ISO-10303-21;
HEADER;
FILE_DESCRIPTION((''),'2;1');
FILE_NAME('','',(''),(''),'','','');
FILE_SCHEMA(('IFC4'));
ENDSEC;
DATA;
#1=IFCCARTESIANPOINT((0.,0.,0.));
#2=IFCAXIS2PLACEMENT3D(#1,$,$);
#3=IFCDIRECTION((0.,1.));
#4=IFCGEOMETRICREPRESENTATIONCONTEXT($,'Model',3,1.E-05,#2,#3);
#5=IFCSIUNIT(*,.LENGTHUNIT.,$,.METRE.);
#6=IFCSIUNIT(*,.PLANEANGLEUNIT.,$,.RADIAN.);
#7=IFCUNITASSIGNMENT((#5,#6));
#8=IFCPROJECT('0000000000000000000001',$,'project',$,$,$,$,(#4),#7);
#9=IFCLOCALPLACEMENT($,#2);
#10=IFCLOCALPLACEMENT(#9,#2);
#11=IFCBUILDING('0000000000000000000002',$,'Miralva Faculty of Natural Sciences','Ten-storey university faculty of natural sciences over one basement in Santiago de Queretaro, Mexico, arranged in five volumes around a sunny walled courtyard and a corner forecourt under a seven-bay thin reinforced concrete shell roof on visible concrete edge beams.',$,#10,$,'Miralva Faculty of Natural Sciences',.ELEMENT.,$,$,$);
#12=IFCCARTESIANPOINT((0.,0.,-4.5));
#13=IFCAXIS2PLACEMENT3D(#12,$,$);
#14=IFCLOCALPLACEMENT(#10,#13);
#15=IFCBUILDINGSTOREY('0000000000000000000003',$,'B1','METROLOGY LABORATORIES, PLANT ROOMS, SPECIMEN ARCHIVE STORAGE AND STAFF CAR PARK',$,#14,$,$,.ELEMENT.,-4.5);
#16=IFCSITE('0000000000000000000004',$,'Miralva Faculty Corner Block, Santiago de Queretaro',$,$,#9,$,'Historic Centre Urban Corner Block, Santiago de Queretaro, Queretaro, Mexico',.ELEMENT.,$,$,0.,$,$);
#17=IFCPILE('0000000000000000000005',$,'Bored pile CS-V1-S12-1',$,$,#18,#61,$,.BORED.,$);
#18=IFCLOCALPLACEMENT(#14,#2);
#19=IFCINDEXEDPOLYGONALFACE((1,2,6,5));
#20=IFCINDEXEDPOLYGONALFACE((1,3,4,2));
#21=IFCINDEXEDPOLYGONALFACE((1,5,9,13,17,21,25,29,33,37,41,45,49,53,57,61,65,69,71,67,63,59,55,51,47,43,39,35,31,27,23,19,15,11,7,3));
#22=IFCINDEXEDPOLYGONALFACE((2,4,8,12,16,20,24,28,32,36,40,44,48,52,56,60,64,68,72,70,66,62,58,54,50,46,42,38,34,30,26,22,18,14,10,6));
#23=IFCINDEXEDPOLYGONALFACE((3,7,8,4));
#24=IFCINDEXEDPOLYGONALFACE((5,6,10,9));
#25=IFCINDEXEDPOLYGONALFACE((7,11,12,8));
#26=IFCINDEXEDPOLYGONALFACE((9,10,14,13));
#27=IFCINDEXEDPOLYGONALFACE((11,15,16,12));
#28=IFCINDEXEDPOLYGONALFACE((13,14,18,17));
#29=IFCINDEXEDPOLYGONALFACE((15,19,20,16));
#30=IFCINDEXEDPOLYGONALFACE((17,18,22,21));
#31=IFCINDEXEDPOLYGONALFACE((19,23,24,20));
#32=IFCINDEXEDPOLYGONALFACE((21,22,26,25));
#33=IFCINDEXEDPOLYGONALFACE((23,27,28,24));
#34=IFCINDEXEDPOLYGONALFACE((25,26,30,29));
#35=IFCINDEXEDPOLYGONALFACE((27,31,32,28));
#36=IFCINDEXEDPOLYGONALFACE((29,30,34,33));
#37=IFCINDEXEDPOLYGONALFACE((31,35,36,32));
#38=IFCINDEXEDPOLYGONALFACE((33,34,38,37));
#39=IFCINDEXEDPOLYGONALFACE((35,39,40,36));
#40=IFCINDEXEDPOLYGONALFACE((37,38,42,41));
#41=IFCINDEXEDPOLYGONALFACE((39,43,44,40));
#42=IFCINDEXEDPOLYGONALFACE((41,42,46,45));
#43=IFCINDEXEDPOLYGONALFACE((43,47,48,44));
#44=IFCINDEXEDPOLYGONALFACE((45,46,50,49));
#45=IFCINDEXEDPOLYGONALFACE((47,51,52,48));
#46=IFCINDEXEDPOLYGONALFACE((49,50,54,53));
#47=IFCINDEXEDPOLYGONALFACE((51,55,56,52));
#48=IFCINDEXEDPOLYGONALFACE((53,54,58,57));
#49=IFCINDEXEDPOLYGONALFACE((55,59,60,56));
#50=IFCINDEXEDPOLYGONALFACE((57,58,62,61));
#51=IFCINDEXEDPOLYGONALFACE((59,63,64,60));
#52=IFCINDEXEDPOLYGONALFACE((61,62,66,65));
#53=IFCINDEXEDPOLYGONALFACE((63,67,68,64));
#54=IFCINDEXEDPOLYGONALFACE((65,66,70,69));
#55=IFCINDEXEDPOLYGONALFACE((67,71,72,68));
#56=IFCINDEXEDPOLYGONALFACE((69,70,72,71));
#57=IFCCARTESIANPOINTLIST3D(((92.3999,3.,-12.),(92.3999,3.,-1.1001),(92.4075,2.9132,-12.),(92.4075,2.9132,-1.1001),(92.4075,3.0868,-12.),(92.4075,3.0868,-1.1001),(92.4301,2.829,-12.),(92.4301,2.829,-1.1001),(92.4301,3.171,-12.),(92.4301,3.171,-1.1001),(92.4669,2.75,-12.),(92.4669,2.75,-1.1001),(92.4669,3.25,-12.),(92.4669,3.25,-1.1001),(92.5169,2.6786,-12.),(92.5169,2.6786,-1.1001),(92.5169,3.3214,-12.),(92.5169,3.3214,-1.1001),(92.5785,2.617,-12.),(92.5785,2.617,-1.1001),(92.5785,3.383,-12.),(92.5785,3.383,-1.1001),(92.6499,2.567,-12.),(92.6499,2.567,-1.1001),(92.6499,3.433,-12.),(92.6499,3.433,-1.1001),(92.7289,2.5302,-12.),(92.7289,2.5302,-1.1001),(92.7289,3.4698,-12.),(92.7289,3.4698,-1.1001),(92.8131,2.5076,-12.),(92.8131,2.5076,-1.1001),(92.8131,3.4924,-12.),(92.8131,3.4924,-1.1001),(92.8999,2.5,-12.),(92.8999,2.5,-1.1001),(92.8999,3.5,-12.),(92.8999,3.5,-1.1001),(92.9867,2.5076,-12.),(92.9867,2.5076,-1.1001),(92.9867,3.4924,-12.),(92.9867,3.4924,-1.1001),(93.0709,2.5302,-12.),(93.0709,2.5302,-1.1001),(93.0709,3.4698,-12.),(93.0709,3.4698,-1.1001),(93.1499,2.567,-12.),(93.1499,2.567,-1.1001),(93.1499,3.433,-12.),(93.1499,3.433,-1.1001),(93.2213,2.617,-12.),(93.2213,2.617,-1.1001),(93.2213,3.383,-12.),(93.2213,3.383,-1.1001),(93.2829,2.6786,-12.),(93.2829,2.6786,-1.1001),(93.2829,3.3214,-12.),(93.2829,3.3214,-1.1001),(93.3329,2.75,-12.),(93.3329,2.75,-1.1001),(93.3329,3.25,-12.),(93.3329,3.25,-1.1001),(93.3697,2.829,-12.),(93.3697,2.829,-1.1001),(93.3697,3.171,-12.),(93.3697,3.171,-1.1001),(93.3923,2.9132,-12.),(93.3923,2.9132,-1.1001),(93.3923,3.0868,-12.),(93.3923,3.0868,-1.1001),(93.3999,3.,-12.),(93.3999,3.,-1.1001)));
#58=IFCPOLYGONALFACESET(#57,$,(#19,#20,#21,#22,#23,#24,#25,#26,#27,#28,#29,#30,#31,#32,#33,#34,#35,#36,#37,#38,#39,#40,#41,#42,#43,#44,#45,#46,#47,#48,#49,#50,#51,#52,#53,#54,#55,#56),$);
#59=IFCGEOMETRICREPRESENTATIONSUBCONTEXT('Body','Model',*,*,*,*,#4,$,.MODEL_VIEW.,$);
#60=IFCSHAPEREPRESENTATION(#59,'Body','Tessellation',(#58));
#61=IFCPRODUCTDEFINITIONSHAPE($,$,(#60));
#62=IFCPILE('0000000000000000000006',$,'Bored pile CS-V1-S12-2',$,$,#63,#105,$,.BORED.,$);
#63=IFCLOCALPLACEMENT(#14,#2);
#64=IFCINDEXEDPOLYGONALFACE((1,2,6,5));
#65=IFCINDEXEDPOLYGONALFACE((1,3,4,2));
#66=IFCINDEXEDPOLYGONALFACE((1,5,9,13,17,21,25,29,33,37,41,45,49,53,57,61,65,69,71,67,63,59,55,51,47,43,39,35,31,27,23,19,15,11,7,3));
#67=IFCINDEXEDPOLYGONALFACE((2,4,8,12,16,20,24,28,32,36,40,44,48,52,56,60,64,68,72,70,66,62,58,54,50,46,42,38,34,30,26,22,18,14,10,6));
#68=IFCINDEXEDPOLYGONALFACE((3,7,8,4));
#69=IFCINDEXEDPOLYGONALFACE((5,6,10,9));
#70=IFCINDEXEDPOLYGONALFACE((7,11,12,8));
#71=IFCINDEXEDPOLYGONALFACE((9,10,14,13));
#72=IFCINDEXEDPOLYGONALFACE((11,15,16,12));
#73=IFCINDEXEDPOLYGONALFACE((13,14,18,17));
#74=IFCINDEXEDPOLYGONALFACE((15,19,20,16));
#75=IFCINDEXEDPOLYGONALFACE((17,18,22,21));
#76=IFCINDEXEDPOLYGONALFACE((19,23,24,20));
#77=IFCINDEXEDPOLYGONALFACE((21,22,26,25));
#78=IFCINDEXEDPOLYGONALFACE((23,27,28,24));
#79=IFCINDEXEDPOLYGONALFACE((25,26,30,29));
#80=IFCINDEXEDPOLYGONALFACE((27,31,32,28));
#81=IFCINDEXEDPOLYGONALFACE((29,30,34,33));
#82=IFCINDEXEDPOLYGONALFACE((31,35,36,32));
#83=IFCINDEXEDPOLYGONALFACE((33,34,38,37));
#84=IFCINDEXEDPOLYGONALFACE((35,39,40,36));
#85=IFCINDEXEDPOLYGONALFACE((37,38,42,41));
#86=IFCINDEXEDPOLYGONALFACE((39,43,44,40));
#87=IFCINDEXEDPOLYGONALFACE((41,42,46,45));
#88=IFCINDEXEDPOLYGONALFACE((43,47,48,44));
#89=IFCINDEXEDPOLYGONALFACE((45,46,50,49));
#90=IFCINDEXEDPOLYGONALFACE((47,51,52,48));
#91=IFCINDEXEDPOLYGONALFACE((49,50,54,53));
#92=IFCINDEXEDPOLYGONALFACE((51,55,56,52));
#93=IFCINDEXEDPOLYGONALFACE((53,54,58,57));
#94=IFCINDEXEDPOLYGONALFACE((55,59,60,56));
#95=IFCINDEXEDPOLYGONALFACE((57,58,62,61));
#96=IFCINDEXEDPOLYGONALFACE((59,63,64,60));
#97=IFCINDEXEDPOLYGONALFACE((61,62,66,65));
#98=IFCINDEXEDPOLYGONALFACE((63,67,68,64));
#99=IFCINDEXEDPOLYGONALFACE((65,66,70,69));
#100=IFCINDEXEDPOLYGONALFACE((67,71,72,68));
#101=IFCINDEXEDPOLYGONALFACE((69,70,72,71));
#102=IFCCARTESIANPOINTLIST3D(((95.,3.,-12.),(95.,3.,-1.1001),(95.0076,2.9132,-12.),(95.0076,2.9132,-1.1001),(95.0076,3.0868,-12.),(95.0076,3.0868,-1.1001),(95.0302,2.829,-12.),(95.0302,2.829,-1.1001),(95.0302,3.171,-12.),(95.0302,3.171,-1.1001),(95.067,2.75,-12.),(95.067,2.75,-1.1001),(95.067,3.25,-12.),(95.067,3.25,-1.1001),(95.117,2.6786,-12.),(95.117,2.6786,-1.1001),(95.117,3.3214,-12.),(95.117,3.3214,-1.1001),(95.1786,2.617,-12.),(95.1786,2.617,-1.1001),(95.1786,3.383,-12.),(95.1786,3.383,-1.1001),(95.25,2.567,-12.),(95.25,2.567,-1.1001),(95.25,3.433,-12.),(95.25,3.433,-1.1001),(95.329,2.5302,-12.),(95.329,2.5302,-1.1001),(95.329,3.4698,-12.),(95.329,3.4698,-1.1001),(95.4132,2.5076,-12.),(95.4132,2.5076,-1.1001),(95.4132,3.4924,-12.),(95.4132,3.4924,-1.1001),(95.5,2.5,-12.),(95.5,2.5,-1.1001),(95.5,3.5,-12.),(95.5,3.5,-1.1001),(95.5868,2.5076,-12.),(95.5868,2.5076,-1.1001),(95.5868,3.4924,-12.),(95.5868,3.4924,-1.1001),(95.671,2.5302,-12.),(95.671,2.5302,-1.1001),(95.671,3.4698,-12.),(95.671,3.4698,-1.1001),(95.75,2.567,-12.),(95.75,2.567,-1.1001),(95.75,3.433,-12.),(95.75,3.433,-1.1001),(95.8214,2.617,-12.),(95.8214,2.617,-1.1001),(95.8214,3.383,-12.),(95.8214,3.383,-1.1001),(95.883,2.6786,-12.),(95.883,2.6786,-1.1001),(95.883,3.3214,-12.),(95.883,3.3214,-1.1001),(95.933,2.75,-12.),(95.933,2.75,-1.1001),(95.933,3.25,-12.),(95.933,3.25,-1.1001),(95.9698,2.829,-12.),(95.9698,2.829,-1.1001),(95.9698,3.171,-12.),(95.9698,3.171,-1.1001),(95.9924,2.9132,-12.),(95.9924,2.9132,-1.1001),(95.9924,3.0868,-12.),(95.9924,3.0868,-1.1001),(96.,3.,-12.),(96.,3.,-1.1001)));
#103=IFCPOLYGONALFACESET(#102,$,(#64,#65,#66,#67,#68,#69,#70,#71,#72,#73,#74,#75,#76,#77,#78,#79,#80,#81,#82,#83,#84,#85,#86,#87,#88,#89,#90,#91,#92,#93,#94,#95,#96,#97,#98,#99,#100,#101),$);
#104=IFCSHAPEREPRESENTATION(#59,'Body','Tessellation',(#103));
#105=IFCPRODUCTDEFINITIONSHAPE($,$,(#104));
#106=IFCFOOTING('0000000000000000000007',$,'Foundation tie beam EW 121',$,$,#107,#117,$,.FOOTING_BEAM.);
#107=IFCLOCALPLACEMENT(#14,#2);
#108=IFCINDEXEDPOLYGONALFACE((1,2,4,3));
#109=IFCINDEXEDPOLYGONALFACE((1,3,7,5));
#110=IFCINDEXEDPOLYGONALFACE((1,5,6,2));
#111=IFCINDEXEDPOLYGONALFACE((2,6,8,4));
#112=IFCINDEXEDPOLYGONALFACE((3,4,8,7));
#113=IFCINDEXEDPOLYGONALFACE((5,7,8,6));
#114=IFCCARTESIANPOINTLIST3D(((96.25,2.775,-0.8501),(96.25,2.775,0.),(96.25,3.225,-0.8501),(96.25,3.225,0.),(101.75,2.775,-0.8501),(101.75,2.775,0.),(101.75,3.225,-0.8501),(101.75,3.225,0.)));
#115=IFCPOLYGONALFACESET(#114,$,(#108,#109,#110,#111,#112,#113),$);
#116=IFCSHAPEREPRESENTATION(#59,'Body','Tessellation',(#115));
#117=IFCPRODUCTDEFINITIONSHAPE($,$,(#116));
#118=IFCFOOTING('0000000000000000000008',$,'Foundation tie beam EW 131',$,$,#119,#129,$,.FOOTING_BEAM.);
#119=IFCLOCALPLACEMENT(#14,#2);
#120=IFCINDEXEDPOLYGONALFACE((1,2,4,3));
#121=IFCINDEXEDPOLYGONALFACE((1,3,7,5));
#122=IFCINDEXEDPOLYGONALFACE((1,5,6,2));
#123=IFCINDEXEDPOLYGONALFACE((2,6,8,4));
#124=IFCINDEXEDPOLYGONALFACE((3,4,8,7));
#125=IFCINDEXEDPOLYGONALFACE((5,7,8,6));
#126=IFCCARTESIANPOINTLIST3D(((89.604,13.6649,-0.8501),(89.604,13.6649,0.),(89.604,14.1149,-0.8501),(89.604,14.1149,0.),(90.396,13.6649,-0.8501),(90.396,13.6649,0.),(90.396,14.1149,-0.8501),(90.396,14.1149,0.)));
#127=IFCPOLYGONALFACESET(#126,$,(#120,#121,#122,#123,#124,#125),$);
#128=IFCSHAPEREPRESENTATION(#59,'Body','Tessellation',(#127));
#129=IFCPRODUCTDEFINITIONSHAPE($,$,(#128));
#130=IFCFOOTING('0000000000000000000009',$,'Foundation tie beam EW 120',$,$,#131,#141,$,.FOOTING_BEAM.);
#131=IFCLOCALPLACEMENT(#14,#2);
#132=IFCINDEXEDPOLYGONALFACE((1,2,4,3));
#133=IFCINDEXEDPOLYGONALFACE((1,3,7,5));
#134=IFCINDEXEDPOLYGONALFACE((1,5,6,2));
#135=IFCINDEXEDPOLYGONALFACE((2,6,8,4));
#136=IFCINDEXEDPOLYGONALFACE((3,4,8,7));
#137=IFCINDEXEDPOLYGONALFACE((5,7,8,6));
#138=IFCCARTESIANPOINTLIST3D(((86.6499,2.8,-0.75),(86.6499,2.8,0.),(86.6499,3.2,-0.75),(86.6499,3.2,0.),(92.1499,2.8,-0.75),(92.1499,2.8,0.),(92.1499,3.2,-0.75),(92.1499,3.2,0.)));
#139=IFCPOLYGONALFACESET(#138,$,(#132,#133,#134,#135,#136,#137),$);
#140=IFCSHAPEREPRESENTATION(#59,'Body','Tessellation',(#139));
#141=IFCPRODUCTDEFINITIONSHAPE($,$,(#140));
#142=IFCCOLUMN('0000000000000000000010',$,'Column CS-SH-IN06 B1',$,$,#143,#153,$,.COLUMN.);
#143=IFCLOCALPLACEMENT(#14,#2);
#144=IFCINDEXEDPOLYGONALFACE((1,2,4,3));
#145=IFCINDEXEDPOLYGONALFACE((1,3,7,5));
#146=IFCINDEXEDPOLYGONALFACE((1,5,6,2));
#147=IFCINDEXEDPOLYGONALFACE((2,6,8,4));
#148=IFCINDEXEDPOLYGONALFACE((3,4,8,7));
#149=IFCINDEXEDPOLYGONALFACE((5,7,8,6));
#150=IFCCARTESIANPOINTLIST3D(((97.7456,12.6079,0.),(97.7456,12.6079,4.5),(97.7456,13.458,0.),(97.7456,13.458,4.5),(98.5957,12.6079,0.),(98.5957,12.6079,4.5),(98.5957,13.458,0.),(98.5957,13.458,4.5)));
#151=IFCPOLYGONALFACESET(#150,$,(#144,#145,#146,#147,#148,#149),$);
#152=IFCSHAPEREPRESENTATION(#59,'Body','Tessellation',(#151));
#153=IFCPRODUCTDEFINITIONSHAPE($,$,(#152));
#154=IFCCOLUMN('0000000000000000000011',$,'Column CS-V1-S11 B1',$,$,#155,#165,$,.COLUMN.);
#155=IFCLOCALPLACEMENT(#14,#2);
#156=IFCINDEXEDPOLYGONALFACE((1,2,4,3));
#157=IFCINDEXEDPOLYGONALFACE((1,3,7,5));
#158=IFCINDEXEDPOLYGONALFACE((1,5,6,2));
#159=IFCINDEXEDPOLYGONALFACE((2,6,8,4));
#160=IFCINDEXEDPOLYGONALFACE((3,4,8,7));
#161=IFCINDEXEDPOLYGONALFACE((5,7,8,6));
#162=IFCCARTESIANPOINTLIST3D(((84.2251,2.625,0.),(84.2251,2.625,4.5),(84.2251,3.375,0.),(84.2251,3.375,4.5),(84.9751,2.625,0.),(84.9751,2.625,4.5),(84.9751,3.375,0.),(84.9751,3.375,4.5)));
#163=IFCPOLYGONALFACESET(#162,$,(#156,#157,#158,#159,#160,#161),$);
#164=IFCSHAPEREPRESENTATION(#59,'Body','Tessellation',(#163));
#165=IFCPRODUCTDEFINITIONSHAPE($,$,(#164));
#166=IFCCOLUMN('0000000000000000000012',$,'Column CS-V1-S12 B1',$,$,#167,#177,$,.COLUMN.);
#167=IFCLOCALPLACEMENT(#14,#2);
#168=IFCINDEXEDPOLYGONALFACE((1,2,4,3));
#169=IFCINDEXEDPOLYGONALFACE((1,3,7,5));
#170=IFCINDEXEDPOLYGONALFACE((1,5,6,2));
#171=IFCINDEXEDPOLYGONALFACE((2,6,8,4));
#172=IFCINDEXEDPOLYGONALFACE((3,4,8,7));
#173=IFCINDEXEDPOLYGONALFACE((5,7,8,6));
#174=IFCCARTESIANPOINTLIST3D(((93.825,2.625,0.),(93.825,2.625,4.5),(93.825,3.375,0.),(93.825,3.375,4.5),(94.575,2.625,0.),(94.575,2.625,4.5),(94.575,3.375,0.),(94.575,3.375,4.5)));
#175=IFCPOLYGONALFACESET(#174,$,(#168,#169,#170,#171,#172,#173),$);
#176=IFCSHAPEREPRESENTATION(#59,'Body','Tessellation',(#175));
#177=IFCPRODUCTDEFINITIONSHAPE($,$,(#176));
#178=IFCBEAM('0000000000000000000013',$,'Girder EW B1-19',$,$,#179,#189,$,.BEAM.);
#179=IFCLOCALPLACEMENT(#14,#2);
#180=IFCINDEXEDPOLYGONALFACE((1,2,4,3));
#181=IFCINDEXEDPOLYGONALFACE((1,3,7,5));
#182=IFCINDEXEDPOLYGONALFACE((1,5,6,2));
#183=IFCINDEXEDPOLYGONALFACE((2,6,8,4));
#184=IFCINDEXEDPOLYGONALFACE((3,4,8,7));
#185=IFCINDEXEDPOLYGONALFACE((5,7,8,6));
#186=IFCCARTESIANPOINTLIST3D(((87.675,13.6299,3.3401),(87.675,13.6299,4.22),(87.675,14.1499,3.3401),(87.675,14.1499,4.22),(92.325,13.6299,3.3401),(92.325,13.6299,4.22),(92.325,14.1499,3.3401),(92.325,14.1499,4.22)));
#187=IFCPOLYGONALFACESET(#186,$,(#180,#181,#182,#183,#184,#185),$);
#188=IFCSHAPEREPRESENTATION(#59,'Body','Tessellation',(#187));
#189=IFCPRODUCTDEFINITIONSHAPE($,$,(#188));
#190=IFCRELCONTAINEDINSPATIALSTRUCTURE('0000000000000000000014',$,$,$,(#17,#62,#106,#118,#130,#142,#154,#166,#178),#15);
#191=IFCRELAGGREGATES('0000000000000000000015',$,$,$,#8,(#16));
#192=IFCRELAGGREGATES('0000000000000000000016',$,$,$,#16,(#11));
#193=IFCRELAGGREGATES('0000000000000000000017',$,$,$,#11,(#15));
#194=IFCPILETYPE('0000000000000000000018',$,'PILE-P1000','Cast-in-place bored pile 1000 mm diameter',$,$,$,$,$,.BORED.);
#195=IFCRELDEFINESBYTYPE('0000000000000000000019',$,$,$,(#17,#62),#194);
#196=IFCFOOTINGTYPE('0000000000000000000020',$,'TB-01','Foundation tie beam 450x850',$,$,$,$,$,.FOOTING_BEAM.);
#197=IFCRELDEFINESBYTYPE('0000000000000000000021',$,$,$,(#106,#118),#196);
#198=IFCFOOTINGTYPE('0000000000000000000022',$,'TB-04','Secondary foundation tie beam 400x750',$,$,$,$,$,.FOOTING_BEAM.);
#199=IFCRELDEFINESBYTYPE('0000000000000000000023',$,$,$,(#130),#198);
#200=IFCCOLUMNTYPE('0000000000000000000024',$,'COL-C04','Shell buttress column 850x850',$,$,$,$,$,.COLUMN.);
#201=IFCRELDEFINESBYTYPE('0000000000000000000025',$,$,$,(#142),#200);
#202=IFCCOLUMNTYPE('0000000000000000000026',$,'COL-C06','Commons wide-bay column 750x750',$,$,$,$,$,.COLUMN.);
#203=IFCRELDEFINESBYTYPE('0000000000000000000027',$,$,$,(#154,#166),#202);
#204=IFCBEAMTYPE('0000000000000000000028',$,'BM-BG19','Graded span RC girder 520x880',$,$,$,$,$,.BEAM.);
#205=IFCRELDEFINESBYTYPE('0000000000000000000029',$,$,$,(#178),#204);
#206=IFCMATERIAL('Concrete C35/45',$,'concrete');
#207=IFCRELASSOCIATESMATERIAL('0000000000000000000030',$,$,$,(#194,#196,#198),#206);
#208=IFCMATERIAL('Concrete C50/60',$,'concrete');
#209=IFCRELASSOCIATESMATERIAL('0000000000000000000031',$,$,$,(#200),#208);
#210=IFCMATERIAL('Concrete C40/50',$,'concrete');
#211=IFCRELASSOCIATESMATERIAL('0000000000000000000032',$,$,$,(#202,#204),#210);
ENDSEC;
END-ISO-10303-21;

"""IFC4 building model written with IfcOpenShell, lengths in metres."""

from ifc_helpers import new_model, si_unit, direction, frame, origin, origin_2d, place, context, subcontext, project, spatial, rectangle, circle, extrude, material, material_profile, profile_set, type_object, element, save


model = new_model("IFC4")

# Units and contexts
model_context = context("Model", 3, precision=1e-05, world=origin(), true_north=direction((0.0, 1.0)))
body_context = subcontext(model_context, "Body", "Model", "MODEL_VIEW")
ifc_project = project(units=[si_unit("LENGTHUNIT", "METRE"), si_unit("PLANEANGLEUNIT", "RADIAN")], contexts=[model_context])

# Site, building, storey
site_placement = place(None, origin())
site = spatial("IfcSite", under=ifc_project, at=site_placement, Name="Miralva Faculty Corner Block, Santiago de Queretaro", LongName="Historic Centre Urban Corner Block, Santiago de Queretaro, Queretaro, Mexico", CompositionType="ELEMENT", RefElevation=0.0)
building_placement = place(site_placement, origin())
building = spatial("IfcBuilding", under=site, at=building_placement, Name="Miralva Faculty of Natural Sciences", Description="Ten-storey university faculty of natural sciences over one basement in Santiago de Queretaro, Mexico, arranged in five volumes around a sunny walled courtyard and a corner forecourt under a seven-bay thin reinforced concrete shell roof on visible concrete edge beams.", LongName="Miralva Faculty of Natural Sciences", CompositionType="ELEMENT")
storey_placement = place(building_placement, frame((0.0, 0.0, -4.5)))
storey = spatial("IfcBuildingStorey", under=building, at=storey_placement, Name="B1", Description="METROLOGY LABORATORIES, PLANT ROOMS, SPECIMEN ARCHIVE STORAGE AND STAFF CAR PARK", CompositionType="ELEMENT", Elevation=-4.5)

# Shared definitions
ifc_material_1 = material(Name="Concrete C35/45", Category="concrete")
ifc_material_2 = material(Name="Concrete C40/50", Category="concrete")

# Piles
ifc_material_profile_1 = material_profile(ifc_material_1, circle(Radius=0.5, at=origin_2d()), Name="BORED PILE 1000")
ifc_profile_set_1 = profile_set([ifc_material_profile_1], Name="Concrete C35/45")
pile_type = type_object("IfcPileType", Name="PILE-P1000", Description="Cast-in-place bored pile 1000 mm diameter", PredefinedType="BORED", material=ifc_profile_set_1)
for number, where, z_axis, x_axis, name in (
    (1, (92.8999, 3.0, -1.1001), (0.0, 0.0, -1.0), (1.0, 0.0, 0.0), "Bored pile CS-V1-S12-1"),
    (2, (95.5, 3.0, -1.1001), (0.0, 0.0, -1.0), (1.0, 0.0, 0.0), "Bored pile CS-V1-S12-2"),
):
    element("IfcPile", number, at=place(storey_placement, frame(where, z_axis=z_axis, x_axis=x_axis)), inside=storey, type_object=pile_type, Name=name, PredefinedType="BORED", context=body_context, shape_type="SweptSolid", body=[
        extrude(circle(Radius=0.5, at=origin_2d()), origin(), (0.0, 0.0, 1.0), 10.8999),
    ])

# Footings
ifc_material_profile_2 = material_profile(ifc_material_1, rectangle(XDim=0.45, YDim=0.8501, at=origin_2d()), Name="RC 450x850")
ifc_profile_set_2 = profile_set([ifc_material_profile_2], Name="Concrete C35/45")
footing_type_1 = type_object("IfcFootingType", Name="TB-01", Description="Foundation tie beam 450x850", PredefinedType="FOOTING_BEAM", material=ifc_profile_set_2)
footing_1_placement = place(storey_placement, frame((96.25, 3.0, -0.425), z_axis=(1.0, 0.0, 0.0), x_axis=(0.0, 1.0, 0.0)))
element("IfcFooting", 3, at=footing_1_placement, inside=storey, type_object=footing_type_1, Name="Foundation tie beam EW 121", PredefinedType="FOOTING_BEAM", context=body_context, shape_type="SweptSolid", body=[
    extrude(rectangle(XDim=0.45, YDim=0.8501, at=origin_2d()), origin(), (0.0, 0.0, 1.0), 5.5),
])
footing_2_placement = place(storey_placement, frame((89.604, 13.8899, -0.425), z_axis=(1.0, 0.0, 0.0), x_axis=(0.0, 1.0, 0.0)))
element("IfcFooting", 4, at=footing_2_placement, inside=storey, type_object=footing_type_1, Name="Foundation tie beam EW 131", PredefinedType="FOOTING_BEAM", context=body_context, shape_type="SweptSolid", body=[
    extrude(rectangle(XDim=0.45, YDim=0.8501, at=origin_2d()), origin(), (0.0, 0.0, 1.0), 0.792),
])
ifc_material_profile_3 = material_profile(ifc_material_1, rectangle(XDim=0.3999, YDim=0.75, at=origin_2d()), Name="RC 400x750")
ifc_profile_set_3 = profile_set([ifc_material_profile_3], Name="Concrete C35/45")
footing_type_2 = type_object("IfcFootingType", Name="TB-04", Description="Secondary foundation tie beam 400x750", PredefinedType="FOOTING_BEAM", material=ifc_profile_set_3)
footing_3_placement = place(storey_placement, frame((86.6499, 3.0, -0.375), z_axis=(1.0, 0.0, 0.0), x_axis=(0.0, 1.0, 0.0)))
element("IfcFooting", 5, at=footing_3_placement, inside=storey, type_object=footing_type_2, Name="Foundation tie beam EW 120", PredefinedType="FOOTING_BEAM", context=body_context, shape_type="SweptSolid", body=[
    extrude(rectangle(XDim=0.3999, YDim=0.75, at=origin_2d()), origin(), (0.0, 0.0, 1.0), 5.5),
])

# Columns
ifc_material_3 = material(Name="Concrete C50/60", Category="concrete")
ifc_material_profile_4 = material_profile(ifc_material_3, rectangle(XDim=0.8501, YDim=0.8501, at=origin_2d()), Name="RC 850x850")
ifc_profile_set_4 = profile_set([ifc_material_profile_4], Name="Concrete C50/60")
column_type_1 = type_object("IfcColumnType", Name="COL-C04", Description="Shell buttress column 850x850", PredefinedType="COLUMN", material=ifc_profile_set_4)
column_placement = place(storey_placement, frame((98.1707, 13.033, 0.0), z_axis=(0.0, 0.0, 1.0), x_axis=(1.0, 0.0, 0.0)))
element("IfcColumn", 6, at=column_placement, inside=storey, type_object=column_type_1, Name="Column CS-SH-IN06 B1", PredefinedType="COLUMN", context=body_context, shape_type="SweptSolid", body=[
    extrude(rectangle(XDim=0.8501, YDim=0.8501, at=origin_2d()), origin(), (0.0, 0.0, 1.0), 4.5),
])
ifc_material_profile_5 = material_profile(ifc_material_2, rectangle(XDim=0.75, YDim=0.75, at=origin_2d()), Name="RC 750x750")
ifc_profile_set_5 = profile_set([ifc_material_profile_5], Name="Concrete C40/50")
column_type_2 = type_object("IfcColumnType", Name="COL-C06", Description="Commons wide-bay column 750x750", PredefinedType="COLUMN", material=ifc_profile_set_5)
for number, where, z_axis, x_axis, name in (
    (7, (84.6001, 3.0, 0.0), (0.0, 0.0, 1.0), (1.0, 0.0, 0.0), "Column CS-V1-S11 B1"),
    (8, (94.2, 3.0, 0.0), (0.0, 0.0, 1.0), (1.0, 0.0, 0.0), "Column CS-V1-S12 B1"),
):
    element("IfcColumn", number, at=place(storey_placement, frame(where, z_axis=z_axis, x_axis=x_axis)), inside=storey, type_object=column_type_2, Name=name, PredefinedType="COLUMN", context=body_context, shape_type="SweptSolid", body=[
        extrude(rectangle(XDim=0.75, YDim=0.75, at=origin_2d()), origin(), (0.0, 0.0, 1.0), 4.5),
    ])

# Beam
ifc_material_profile_6 = material_profile(ifc_material_2, rectangle(XDim=0.52, YDim=0.8799, at=origin_2d()), Name="RC 520x880")
ifc_profile_set_6 = profile_set([ifc_material_profile_6], Name="Concrete C40/50")
beam_type_1 = type_object("IfcBeamType", Name="BM-BG19", Description="Graded span RC girder 520x880", PredefinedType="BEAM", material=ifc_profile_set_6)
beam_1_placement = place(storey_placement, frame((87.675, 13.8899, 3.78), z_axis=(1.0, 0.0, 0.0), x_axis=(0.0, 1.0, 0.0)))
element("IfcBeam", 9, at=beam_1_placement, inside=storey, type_object=beam_type_1, Name="Girder EW B1-19", PredefinedType="BEAM", context=body_context, shape_type="SweptSolid", body=[
    extrude(rectangle(XDim=0.52, YDim=0.8799, at=origin_2d()), origin(), (0.0, 0.0, 1.0), 4.6499),
])

save(model, "model.ifc")
